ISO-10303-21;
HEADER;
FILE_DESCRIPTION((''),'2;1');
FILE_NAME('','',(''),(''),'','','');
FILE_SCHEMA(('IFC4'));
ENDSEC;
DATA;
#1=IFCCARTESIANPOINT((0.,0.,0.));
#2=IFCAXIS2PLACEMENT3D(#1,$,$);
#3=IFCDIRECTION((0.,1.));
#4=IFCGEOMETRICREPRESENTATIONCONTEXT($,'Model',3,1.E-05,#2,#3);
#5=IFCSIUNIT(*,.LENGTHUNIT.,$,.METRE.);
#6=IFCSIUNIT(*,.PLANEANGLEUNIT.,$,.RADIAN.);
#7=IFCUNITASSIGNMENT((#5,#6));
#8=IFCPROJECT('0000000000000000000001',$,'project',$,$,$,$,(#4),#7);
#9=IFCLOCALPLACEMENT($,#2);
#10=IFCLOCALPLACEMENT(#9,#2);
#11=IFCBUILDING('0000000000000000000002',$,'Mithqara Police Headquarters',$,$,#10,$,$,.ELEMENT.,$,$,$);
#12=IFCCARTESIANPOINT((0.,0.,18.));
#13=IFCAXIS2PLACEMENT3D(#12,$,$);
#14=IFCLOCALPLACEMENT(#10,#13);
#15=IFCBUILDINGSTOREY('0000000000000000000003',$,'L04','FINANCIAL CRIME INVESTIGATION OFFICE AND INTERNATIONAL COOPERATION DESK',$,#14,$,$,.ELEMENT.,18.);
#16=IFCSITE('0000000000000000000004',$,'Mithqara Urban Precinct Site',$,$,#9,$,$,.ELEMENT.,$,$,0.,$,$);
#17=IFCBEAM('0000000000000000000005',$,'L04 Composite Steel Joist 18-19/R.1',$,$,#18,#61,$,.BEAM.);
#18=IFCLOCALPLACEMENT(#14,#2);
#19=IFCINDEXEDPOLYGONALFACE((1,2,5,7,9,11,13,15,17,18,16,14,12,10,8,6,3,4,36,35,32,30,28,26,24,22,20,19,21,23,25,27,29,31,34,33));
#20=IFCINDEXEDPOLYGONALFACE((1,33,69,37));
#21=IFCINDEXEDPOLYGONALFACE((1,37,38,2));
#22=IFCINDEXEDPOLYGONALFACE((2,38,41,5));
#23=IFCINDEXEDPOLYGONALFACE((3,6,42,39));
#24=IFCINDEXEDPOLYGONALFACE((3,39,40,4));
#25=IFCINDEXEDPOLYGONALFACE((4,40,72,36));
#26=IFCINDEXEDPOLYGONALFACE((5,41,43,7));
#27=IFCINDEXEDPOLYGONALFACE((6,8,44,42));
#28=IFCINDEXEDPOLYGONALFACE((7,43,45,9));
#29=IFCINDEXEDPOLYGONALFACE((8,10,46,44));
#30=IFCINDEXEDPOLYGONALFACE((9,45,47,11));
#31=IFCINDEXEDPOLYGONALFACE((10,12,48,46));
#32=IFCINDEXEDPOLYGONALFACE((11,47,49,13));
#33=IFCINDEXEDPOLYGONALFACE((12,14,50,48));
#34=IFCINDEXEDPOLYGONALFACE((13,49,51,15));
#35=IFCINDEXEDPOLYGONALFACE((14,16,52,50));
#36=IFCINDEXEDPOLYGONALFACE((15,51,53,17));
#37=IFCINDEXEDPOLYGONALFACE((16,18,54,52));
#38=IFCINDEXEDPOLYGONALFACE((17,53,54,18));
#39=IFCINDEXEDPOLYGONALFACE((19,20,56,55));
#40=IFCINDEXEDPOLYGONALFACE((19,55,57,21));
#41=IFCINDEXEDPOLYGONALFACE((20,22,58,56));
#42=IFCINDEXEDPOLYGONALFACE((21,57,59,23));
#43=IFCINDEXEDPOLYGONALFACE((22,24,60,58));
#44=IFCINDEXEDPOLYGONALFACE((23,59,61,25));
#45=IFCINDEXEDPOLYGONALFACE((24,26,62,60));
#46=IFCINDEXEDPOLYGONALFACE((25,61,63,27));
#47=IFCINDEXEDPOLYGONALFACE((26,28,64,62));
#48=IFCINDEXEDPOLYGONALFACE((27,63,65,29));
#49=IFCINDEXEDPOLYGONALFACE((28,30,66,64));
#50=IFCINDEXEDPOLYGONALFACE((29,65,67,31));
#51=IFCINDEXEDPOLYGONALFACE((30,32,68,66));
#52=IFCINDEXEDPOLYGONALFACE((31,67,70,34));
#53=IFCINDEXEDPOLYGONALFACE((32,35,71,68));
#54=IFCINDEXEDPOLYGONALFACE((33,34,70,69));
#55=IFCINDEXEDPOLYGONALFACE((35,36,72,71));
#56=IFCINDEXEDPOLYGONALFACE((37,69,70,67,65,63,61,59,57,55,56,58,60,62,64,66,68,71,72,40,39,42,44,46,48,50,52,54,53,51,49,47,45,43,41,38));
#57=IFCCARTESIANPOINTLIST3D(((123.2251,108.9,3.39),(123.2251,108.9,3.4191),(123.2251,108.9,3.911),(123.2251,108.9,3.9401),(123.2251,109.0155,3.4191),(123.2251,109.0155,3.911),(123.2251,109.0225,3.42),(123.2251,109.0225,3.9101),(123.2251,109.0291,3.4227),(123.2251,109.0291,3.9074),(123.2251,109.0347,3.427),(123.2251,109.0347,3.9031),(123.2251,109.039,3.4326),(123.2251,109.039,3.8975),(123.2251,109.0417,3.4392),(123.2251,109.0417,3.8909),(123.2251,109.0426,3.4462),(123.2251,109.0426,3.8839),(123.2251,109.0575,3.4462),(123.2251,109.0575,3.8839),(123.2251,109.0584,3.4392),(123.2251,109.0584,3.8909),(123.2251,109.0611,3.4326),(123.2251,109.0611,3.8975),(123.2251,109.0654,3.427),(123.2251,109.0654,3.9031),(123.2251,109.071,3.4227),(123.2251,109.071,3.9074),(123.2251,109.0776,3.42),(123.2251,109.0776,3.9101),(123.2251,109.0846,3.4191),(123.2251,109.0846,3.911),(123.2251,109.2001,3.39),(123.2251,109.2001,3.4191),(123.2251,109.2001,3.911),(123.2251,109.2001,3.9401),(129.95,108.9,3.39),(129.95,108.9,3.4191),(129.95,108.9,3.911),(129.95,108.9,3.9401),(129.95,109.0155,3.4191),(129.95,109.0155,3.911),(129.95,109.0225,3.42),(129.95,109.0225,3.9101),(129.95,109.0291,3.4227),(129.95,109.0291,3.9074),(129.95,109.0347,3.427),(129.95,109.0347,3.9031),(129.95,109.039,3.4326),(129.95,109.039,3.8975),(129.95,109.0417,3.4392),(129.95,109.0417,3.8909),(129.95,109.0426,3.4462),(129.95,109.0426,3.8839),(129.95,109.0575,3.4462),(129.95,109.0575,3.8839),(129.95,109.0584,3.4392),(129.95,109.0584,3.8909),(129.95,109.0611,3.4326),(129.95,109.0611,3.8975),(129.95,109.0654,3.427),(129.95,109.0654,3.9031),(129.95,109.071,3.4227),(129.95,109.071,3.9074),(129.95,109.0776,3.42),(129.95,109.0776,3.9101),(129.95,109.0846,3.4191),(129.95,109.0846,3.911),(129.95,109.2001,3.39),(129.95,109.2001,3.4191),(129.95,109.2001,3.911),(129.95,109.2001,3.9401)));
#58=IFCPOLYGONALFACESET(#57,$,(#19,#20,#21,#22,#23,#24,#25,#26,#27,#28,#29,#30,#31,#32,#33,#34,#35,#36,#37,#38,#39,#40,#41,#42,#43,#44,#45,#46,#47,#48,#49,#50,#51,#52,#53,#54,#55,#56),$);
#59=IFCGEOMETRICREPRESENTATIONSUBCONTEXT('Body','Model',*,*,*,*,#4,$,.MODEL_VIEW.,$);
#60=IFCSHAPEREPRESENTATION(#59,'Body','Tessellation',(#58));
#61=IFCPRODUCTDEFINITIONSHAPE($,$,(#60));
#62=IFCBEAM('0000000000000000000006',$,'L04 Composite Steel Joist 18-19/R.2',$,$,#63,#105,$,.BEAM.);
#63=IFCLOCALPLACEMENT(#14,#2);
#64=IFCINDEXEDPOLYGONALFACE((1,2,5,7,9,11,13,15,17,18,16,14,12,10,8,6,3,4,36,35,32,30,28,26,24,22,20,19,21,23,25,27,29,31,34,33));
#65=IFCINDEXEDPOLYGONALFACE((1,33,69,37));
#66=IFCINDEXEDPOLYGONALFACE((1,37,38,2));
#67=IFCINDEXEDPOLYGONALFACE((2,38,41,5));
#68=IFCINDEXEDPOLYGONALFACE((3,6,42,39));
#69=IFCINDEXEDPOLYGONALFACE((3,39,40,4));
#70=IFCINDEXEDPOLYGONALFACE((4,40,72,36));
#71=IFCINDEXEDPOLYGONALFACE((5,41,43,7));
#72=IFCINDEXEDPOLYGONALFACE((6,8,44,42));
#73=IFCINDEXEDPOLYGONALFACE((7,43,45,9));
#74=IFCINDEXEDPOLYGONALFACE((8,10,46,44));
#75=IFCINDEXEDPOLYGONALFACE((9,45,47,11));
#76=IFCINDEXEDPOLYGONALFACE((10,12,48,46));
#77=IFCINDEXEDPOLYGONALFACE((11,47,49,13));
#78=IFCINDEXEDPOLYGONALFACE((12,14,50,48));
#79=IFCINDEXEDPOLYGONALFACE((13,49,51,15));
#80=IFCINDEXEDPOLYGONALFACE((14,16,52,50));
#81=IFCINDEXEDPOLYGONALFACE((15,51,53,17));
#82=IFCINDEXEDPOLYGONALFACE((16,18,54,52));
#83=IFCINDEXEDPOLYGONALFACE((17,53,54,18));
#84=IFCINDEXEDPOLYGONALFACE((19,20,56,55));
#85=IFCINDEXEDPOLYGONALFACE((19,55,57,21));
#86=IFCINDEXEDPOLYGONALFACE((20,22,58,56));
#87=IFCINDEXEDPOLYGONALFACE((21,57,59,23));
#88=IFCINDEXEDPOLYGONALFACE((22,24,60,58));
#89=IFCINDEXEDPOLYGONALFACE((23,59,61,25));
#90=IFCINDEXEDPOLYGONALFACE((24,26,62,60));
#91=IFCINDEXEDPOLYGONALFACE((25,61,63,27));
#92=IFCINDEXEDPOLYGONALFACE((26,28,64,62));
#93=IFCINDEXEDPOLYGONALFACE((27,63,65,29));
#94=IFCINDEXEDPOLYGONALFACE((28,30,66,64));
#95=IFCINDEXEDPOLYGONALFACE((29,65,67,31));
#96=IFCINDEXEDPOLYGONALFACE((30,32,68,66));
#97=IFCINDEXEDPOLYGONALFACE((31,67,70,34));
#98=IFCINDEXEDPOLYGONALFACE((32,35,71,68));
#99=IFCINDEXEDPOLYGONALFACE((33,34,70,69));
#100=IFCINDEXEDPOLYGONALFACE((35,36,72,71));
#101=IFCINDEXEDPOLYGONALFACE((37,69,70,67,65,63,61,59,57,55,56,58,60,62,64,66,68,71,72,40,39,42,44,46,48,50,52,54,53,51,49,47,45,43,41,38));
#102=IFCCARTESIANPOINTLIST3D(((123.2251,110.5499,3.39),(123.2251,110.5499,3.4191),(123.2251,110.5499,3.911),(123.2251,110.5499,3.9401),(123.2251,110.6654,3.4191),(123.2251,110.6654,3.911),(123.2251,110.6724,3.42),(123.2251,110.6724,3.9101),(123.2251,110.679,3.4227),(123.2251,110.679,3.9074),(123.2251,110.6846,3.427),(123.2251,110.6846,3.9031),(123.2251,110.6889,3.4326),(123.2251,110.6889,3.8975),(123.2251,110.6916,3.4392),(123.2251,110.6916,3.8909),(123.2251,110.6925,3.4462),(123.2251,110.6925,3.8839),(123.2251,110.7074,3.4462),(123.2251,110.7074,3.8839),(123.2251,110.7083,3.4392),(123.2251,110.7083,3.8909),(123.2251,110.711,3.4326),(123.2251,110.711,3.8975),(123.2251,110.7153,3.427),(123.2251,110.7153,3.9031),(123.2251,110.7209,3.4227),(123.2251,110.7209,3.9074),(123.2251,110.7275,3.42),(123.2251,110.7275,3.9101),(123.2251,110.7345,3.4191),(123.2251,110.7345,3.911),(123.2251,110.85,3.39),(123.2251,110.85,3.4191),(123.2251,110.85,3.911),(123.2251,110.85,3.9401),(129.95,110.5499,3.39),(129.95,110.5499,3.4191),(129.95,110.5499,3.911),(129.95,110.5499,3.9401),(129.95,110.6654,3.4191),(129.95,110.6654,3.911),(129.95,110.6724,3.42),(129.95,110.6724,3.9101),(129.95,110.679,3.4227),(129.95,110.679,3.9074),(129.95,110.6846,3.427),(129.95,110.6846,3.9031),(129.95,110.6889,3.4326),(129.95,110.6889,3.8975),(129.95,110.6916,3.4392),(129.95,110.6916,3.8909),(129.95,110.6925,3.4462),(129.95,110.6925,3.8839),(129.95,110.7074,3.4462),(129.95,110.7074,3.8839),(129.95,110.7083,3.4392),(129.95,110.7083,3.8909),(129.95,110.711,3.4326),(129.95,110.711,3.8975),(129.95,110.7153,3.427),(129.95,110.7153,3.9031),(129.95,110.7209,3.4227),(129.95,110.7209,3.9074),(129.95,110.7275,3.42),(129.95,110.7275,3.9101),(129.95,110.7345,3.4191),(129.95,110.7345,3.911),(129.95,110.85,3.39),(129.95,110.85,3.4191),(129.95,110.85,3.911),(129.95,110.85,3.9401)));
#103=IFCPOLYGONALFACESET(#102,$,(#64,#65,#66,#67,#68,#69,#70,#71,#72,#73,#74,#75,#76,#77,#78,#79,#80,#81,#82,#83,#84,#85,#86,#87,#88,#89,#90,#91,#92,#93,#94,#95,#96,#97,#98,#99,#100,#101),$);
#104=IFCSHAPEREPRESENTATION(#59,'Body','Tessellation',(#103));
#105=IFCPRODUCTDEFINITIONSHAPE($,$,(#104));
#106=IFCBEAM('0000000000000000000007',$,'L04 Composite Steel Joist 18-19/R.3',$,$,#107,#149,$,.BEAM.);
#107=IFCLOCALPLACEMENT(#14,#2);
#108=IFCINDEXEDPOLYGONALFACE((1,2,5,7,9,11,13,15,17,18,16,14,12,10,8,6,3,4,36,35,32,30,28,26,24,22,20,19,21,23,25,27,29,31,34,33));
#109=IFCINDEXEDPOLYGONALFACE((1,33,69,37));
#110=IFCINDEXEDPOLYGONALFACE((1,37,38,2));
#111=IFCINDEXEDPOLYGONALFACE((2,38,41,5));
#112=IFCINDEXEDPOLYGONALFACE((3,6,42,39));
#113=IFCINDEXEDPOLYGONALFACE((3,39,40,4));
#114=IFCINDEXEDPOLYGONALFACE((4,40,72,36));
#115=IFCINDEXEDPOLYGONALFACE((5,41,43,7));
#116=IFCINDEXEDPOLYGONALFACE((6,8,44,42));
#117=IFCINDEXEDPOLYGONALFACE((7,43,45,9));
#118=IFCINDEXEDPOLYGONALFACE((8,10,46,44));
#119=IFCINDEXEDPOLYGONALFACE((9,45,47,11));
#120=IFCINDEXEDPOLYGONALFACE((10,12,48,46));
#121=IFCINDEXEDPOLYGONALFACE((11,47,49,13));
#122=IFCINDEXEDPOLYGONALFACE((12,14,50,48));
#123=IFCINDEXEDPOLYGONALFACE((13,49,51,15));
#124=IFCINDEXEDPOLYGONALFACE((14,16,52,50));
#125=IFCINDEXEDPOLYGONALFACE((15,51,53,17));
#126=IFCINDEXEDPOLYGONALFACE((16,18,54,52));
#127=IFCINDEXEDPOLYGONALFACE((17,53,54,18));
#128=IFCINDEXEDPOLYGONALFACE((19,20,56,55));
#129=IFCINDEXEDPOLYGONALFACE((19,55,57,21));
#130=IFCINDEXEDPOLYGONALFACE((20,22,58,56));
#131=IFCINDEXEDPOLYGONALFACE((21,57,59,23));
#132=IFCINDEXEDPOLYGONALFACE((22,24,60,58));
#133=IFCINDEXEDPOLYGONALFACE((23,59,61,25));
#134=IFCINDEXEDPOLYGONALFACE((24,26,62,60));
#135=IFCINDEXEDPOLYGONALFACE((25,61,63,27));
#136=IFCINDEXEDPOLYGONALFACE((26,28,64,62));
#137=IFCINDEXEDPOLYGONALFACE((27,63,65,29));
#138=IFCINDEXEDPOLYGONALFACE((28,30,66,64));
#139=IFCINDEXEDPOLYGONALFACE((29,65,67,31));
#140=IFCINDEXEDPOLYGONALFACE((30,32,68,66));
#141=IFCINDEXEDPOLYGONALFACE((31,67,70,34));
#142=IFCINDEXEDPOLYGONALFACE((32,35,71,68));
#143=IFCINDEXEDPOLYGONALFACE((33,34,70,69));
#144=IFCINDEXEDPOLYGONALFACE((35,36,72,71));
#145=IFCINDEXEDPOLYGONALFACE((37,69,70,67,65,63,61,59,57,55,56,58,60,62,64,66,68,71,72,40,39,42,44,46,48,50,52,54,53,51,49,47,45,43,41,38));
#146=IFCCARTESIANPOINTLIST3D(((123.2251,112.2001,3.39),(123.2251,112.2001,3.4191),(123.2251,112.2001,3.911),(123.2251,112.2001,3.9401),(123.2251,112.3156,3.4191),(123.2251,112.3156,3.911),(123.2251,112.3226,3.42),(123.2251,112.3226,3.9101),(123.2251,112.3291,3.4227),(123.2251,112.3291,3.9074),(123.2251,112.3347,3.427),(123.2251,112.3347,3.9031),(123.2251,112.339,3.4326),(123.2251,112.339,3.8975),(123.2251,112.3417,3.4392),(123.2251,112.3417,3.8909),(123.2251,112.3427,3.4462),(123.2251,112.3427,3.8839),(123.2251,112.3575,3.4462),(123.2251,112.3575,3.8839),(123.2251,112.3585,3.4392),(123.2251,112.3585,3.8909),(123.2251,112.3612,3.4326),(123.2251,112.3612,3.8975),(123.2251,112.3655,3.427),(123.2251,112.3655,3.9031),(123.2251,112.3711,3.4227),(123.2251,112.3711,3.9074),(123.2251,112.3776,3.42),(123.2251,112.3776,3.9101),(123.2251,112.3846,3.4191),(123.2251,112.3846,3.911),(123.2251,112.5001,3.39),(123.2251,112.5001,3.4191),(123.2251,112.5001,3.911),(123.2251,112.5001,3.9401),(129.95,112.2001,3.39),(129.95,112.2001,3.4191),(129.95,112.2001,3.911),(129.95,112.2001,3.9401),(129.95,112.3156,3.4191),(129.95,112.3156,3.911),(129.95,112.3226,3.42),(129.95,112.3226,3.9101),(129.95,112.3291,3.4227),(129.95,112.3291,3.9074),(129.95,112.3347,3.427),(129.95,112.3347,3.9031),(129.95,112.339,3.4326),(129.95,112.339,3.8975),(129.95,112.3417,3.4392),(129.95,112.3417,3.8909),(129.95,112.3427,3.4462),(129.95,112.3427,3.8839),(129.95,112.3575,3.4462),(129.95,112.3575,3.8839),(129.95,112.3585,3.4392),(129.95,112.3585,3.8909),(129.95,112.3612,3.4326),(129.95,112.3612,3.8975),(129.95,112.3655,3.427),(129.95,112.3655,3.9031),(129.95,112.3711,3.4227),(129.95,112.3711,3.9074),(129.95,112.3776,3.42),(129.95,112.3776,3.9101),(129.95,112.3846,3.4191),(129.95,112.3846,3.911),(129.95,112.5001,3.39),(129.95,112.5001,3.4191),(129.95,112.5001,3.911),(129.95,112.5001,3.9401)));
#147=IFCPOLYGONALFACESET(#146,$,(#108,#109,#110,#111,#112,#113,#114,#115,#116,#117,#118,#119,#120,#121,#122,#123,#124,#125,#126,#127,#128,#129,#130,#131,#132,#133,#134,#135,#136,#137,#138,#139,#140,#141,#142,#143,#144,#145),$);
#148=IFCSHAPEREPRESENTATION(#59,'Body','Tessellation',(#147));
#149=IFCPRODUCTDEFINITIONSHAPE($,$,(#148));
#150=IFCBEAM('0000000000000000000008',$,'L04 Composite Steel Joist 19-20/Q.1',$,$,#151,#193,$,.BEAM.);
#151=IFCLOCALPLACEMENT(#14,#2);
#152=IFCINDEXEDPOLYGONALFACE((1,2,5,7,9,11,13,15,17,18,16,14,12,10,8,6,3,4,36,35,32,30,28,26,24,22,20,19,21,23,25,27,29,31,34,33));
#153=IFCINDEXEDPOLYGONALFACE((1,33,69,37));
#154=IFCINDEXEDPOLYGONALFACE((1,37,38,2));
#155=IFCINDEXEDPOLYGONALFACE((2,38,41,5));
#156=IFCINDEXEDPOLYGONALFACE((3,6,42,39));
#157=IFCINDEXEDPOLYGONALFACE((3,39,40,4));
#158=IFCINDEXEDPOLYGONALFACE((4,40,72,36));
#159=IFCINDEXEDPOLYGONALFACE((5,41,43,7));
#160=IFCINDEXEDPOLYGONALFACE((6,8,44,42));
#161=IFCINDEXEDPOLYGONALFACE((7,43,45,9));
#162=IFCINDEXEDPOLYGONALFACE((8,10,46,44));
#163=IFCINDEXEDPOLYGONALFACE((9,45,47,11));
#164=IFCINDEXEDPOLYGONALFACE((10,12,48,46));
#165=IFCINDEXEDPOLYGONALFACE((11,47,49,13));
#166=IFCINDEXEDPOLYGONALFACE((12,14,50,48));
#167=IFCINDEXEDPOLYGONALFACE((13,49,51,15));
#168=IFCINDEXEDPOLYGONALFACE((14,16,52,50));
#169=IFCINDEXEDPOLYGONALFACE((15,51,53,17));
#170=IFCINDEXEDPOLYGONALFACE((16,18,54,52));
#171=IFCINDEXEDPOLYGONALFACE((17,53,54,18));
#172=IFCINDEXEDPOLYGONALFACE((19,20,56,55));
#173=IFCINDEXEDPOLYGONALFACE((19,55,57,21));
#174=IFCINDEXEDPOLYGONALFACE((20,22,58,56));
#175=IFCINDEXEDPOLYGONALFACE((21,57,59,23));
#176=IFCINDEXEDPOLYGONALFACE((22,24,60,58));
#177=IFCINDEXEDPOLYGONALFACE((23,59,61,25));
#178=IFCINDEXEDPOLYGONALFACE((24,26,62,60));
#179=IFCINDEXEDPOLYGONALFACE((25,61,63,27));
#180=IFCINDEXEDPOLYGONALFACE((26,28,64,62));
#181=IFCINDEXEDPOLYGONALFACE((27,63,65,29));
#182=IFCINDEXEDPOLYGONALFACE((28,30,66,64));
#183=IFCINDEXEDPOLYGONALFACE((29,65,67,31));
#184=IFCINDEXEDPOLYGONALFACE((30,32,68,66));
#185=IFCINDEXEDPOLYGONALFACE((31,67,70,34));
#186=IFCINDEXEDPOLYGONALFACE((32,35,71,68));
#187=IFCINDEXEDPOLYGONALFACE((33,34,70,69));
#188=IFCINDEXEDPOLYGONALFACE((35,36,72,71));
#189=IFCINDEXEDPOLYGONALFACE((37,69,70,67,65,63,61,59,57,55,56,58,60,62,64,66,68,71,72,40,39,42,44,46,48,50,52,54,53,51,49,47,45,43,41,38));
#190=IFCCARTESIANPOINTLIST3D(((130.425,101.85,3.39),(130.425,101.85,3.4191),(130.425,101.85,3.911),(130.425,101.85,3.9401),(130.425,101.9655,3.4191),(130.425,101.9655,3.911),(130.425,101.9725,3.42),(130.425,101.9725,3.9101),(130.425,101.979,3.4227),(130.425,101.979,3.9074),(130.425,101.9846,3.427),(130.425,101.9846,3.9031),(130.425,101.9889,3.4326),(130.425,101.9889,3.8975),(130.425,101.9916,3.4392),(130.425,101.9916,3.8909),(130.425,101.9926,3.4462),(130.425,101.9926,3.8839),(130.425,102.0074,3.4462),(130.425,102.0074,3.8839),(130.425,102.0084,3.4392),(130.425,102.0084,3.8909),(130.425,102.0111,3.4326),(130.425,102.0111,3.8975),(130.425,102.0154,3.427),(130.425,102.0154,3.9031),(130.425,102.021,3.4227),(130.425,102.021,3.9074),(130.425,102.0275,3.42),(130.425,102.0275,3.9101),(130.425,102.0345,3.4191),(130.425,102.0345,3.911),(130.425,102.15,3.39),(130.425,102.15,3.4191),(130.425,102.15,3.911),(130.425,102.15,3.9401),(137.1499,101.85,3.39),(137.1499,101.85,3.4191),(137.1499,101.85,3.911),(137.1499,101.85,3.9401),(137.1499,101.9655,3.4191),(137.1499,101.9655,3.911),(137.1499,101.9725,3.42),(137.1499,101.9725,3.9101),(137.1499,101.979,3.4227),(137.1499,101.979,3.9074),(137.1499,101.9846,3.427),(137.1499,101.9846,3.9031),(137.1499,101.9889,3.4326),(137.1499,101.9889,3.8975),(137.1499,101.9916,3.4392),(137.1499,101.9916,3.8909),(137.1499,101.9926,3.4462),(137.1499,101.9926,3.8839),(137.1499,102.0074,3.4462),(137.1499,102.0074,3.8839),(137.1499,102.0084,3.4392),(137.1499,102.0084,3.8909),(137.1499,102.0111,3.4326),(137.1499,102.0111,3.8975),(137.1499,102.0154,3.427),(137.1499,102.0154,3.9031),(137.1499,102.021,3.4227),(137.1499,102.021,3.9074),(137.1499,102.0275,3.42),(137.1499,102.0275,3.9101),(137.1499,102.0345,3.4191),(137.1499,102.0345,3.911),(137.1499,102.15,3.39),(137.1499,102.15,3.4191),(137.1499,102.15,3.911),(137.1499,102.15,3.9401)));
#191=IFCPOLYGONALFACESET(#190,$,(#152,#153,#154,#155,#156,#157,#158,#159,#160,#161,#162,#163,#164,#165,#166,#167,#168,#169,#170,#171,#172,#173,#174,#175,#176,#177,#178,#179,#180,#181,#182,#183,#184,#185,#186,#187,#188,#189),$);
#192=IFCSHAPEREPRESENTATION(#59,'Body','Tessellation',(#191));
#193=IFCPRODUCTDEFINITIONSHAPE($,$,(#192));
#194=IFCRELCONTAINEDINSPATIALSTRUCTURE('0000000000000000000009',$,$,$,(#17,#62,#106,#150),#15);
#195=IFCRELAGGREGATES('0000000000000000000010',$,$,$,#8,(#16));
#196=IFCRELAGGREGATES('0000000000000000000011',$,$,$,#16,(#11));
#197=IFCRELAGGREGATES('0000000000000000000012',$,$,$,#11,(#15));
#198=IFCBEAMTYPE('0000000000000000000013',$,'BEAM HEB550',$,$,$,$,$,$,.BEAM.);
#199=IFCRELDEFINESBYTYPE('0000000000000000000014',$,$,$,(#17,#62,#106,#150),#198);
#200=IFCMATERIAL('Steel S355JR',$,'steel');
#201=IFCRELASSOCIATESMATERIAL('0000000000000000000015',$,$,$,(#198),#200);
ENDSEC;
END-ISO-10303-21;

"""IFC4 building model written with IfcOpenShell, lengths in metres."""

from ifc_helpers import new_model, si_unit, direction, frame, origin, origin_2d, place, context, subcontext, project, spatial, i_section, extrude, material, material_profile, profile_set, type_object, element, save


model = new_model("IFC4")

# Units and contexts
model_context = context("Model", 3, precision=1e-05, world=origin(), true_north=direction((0.0, 1.0)))
body_context = subcontext(model_context, "Body", "Model", "MODEL_VIEW")
ifc_project = project(units=[si_unit("LENGTHUNIT", "METRE"), si_unit("PLANEANGLEUNIT", "RADIAN")], contexts=[model_context])

# Site, building, storey
site_placement = place(None, origin())
site = spatial("IfcSite", under=ifc_project, at=site_placement, Name="Mithqara Urban Precinct Site", CompositionType="ELEMENT", RefElevation=0.0)
building_placement = place(site_placement, origin())
building = spatial("IfcBuilding", under=site, at=building_placement, Name="Mithqara Police Headquarters", CompositionType="ELEMENT")
storey_placement = place(building_placement, frame((0.0, 0.0, 18.0)))
storey = spatial("IfcBuildingStorey", under=building, at=storey_placement, Name="L04", Description="FINANCIAL CRIME INVESTIGATION OFFICE AND INTERNATIONAL COOPERATION DESK", CompositionType="ELEMENT", Elevation=18.0)

# Beams
ifc_material_1 = material(Name="Steel S355JR", Category="steel")
ifc_material_profile_1 = material_profile(ifc_material_1, i_section(OverallWidth=0.3, OverallDepth=0.55, WebThickness=0.0149, FlangeThickness=0.0291, FilletRadius=0.0271, at=origin_2d()), Name="HEB 550")
ifc_profile_set_1 = profile_set([ifc_material_profile_1], Name="Steel S355JR")
beam_type_1 = type_object("IfcBeamType", Name="BEAM HEB550", PredefinedType="BEAM", material=ifc_profile_set_1)
for number, where, z_axis, x_axis, name in (
    (1, (123.2251, 109.05, 3.665), (1.0, 0.0, 0.0), (0.0, 1.0, 0.0), "L04 Composite Steel Joist 18-19/R.1"),
    (2, (123.2251, 110.7, 3.665), (1.0, 0.0, 0.0), (0.0, 1.0, 0.0), "L04 Composite Steel Joist 18-19/R.2"),
    (3, (123.2251, 112.3501, 3.665), (1.0, 0.0, 0.0), (0.0, 1.0, 0.0), "L04 Composite Steel Joist 18-19/R.3"),
    (4, (130.425, 102.0, 3.665), (1.0, 0.0, 0.0), (0.0, 1.0, 0.0), "L04 Composite Steel Joist 19-20/Q.1"),
):
    element("IfcBeam", number, at=place(storey_placement, frame(where, z_axis=z_axis, x_axis=x_axis)), inside=storey, type_object=beam_type_1, Name=name, PredefinedType="BEAM", context=body_context, shape_type="SweptSolid", body=[
        extrude(i_section(OverallWidth=0.3, OverallDepth=0.55, WebThickness=0.0149, FlangeThickness=0.0291, FilletRadius=0.0271, at=origin_2d()), origin(), (0.0, 0.0, 1.0), 6.7249),
    ])

save(model, "model.ifc")
